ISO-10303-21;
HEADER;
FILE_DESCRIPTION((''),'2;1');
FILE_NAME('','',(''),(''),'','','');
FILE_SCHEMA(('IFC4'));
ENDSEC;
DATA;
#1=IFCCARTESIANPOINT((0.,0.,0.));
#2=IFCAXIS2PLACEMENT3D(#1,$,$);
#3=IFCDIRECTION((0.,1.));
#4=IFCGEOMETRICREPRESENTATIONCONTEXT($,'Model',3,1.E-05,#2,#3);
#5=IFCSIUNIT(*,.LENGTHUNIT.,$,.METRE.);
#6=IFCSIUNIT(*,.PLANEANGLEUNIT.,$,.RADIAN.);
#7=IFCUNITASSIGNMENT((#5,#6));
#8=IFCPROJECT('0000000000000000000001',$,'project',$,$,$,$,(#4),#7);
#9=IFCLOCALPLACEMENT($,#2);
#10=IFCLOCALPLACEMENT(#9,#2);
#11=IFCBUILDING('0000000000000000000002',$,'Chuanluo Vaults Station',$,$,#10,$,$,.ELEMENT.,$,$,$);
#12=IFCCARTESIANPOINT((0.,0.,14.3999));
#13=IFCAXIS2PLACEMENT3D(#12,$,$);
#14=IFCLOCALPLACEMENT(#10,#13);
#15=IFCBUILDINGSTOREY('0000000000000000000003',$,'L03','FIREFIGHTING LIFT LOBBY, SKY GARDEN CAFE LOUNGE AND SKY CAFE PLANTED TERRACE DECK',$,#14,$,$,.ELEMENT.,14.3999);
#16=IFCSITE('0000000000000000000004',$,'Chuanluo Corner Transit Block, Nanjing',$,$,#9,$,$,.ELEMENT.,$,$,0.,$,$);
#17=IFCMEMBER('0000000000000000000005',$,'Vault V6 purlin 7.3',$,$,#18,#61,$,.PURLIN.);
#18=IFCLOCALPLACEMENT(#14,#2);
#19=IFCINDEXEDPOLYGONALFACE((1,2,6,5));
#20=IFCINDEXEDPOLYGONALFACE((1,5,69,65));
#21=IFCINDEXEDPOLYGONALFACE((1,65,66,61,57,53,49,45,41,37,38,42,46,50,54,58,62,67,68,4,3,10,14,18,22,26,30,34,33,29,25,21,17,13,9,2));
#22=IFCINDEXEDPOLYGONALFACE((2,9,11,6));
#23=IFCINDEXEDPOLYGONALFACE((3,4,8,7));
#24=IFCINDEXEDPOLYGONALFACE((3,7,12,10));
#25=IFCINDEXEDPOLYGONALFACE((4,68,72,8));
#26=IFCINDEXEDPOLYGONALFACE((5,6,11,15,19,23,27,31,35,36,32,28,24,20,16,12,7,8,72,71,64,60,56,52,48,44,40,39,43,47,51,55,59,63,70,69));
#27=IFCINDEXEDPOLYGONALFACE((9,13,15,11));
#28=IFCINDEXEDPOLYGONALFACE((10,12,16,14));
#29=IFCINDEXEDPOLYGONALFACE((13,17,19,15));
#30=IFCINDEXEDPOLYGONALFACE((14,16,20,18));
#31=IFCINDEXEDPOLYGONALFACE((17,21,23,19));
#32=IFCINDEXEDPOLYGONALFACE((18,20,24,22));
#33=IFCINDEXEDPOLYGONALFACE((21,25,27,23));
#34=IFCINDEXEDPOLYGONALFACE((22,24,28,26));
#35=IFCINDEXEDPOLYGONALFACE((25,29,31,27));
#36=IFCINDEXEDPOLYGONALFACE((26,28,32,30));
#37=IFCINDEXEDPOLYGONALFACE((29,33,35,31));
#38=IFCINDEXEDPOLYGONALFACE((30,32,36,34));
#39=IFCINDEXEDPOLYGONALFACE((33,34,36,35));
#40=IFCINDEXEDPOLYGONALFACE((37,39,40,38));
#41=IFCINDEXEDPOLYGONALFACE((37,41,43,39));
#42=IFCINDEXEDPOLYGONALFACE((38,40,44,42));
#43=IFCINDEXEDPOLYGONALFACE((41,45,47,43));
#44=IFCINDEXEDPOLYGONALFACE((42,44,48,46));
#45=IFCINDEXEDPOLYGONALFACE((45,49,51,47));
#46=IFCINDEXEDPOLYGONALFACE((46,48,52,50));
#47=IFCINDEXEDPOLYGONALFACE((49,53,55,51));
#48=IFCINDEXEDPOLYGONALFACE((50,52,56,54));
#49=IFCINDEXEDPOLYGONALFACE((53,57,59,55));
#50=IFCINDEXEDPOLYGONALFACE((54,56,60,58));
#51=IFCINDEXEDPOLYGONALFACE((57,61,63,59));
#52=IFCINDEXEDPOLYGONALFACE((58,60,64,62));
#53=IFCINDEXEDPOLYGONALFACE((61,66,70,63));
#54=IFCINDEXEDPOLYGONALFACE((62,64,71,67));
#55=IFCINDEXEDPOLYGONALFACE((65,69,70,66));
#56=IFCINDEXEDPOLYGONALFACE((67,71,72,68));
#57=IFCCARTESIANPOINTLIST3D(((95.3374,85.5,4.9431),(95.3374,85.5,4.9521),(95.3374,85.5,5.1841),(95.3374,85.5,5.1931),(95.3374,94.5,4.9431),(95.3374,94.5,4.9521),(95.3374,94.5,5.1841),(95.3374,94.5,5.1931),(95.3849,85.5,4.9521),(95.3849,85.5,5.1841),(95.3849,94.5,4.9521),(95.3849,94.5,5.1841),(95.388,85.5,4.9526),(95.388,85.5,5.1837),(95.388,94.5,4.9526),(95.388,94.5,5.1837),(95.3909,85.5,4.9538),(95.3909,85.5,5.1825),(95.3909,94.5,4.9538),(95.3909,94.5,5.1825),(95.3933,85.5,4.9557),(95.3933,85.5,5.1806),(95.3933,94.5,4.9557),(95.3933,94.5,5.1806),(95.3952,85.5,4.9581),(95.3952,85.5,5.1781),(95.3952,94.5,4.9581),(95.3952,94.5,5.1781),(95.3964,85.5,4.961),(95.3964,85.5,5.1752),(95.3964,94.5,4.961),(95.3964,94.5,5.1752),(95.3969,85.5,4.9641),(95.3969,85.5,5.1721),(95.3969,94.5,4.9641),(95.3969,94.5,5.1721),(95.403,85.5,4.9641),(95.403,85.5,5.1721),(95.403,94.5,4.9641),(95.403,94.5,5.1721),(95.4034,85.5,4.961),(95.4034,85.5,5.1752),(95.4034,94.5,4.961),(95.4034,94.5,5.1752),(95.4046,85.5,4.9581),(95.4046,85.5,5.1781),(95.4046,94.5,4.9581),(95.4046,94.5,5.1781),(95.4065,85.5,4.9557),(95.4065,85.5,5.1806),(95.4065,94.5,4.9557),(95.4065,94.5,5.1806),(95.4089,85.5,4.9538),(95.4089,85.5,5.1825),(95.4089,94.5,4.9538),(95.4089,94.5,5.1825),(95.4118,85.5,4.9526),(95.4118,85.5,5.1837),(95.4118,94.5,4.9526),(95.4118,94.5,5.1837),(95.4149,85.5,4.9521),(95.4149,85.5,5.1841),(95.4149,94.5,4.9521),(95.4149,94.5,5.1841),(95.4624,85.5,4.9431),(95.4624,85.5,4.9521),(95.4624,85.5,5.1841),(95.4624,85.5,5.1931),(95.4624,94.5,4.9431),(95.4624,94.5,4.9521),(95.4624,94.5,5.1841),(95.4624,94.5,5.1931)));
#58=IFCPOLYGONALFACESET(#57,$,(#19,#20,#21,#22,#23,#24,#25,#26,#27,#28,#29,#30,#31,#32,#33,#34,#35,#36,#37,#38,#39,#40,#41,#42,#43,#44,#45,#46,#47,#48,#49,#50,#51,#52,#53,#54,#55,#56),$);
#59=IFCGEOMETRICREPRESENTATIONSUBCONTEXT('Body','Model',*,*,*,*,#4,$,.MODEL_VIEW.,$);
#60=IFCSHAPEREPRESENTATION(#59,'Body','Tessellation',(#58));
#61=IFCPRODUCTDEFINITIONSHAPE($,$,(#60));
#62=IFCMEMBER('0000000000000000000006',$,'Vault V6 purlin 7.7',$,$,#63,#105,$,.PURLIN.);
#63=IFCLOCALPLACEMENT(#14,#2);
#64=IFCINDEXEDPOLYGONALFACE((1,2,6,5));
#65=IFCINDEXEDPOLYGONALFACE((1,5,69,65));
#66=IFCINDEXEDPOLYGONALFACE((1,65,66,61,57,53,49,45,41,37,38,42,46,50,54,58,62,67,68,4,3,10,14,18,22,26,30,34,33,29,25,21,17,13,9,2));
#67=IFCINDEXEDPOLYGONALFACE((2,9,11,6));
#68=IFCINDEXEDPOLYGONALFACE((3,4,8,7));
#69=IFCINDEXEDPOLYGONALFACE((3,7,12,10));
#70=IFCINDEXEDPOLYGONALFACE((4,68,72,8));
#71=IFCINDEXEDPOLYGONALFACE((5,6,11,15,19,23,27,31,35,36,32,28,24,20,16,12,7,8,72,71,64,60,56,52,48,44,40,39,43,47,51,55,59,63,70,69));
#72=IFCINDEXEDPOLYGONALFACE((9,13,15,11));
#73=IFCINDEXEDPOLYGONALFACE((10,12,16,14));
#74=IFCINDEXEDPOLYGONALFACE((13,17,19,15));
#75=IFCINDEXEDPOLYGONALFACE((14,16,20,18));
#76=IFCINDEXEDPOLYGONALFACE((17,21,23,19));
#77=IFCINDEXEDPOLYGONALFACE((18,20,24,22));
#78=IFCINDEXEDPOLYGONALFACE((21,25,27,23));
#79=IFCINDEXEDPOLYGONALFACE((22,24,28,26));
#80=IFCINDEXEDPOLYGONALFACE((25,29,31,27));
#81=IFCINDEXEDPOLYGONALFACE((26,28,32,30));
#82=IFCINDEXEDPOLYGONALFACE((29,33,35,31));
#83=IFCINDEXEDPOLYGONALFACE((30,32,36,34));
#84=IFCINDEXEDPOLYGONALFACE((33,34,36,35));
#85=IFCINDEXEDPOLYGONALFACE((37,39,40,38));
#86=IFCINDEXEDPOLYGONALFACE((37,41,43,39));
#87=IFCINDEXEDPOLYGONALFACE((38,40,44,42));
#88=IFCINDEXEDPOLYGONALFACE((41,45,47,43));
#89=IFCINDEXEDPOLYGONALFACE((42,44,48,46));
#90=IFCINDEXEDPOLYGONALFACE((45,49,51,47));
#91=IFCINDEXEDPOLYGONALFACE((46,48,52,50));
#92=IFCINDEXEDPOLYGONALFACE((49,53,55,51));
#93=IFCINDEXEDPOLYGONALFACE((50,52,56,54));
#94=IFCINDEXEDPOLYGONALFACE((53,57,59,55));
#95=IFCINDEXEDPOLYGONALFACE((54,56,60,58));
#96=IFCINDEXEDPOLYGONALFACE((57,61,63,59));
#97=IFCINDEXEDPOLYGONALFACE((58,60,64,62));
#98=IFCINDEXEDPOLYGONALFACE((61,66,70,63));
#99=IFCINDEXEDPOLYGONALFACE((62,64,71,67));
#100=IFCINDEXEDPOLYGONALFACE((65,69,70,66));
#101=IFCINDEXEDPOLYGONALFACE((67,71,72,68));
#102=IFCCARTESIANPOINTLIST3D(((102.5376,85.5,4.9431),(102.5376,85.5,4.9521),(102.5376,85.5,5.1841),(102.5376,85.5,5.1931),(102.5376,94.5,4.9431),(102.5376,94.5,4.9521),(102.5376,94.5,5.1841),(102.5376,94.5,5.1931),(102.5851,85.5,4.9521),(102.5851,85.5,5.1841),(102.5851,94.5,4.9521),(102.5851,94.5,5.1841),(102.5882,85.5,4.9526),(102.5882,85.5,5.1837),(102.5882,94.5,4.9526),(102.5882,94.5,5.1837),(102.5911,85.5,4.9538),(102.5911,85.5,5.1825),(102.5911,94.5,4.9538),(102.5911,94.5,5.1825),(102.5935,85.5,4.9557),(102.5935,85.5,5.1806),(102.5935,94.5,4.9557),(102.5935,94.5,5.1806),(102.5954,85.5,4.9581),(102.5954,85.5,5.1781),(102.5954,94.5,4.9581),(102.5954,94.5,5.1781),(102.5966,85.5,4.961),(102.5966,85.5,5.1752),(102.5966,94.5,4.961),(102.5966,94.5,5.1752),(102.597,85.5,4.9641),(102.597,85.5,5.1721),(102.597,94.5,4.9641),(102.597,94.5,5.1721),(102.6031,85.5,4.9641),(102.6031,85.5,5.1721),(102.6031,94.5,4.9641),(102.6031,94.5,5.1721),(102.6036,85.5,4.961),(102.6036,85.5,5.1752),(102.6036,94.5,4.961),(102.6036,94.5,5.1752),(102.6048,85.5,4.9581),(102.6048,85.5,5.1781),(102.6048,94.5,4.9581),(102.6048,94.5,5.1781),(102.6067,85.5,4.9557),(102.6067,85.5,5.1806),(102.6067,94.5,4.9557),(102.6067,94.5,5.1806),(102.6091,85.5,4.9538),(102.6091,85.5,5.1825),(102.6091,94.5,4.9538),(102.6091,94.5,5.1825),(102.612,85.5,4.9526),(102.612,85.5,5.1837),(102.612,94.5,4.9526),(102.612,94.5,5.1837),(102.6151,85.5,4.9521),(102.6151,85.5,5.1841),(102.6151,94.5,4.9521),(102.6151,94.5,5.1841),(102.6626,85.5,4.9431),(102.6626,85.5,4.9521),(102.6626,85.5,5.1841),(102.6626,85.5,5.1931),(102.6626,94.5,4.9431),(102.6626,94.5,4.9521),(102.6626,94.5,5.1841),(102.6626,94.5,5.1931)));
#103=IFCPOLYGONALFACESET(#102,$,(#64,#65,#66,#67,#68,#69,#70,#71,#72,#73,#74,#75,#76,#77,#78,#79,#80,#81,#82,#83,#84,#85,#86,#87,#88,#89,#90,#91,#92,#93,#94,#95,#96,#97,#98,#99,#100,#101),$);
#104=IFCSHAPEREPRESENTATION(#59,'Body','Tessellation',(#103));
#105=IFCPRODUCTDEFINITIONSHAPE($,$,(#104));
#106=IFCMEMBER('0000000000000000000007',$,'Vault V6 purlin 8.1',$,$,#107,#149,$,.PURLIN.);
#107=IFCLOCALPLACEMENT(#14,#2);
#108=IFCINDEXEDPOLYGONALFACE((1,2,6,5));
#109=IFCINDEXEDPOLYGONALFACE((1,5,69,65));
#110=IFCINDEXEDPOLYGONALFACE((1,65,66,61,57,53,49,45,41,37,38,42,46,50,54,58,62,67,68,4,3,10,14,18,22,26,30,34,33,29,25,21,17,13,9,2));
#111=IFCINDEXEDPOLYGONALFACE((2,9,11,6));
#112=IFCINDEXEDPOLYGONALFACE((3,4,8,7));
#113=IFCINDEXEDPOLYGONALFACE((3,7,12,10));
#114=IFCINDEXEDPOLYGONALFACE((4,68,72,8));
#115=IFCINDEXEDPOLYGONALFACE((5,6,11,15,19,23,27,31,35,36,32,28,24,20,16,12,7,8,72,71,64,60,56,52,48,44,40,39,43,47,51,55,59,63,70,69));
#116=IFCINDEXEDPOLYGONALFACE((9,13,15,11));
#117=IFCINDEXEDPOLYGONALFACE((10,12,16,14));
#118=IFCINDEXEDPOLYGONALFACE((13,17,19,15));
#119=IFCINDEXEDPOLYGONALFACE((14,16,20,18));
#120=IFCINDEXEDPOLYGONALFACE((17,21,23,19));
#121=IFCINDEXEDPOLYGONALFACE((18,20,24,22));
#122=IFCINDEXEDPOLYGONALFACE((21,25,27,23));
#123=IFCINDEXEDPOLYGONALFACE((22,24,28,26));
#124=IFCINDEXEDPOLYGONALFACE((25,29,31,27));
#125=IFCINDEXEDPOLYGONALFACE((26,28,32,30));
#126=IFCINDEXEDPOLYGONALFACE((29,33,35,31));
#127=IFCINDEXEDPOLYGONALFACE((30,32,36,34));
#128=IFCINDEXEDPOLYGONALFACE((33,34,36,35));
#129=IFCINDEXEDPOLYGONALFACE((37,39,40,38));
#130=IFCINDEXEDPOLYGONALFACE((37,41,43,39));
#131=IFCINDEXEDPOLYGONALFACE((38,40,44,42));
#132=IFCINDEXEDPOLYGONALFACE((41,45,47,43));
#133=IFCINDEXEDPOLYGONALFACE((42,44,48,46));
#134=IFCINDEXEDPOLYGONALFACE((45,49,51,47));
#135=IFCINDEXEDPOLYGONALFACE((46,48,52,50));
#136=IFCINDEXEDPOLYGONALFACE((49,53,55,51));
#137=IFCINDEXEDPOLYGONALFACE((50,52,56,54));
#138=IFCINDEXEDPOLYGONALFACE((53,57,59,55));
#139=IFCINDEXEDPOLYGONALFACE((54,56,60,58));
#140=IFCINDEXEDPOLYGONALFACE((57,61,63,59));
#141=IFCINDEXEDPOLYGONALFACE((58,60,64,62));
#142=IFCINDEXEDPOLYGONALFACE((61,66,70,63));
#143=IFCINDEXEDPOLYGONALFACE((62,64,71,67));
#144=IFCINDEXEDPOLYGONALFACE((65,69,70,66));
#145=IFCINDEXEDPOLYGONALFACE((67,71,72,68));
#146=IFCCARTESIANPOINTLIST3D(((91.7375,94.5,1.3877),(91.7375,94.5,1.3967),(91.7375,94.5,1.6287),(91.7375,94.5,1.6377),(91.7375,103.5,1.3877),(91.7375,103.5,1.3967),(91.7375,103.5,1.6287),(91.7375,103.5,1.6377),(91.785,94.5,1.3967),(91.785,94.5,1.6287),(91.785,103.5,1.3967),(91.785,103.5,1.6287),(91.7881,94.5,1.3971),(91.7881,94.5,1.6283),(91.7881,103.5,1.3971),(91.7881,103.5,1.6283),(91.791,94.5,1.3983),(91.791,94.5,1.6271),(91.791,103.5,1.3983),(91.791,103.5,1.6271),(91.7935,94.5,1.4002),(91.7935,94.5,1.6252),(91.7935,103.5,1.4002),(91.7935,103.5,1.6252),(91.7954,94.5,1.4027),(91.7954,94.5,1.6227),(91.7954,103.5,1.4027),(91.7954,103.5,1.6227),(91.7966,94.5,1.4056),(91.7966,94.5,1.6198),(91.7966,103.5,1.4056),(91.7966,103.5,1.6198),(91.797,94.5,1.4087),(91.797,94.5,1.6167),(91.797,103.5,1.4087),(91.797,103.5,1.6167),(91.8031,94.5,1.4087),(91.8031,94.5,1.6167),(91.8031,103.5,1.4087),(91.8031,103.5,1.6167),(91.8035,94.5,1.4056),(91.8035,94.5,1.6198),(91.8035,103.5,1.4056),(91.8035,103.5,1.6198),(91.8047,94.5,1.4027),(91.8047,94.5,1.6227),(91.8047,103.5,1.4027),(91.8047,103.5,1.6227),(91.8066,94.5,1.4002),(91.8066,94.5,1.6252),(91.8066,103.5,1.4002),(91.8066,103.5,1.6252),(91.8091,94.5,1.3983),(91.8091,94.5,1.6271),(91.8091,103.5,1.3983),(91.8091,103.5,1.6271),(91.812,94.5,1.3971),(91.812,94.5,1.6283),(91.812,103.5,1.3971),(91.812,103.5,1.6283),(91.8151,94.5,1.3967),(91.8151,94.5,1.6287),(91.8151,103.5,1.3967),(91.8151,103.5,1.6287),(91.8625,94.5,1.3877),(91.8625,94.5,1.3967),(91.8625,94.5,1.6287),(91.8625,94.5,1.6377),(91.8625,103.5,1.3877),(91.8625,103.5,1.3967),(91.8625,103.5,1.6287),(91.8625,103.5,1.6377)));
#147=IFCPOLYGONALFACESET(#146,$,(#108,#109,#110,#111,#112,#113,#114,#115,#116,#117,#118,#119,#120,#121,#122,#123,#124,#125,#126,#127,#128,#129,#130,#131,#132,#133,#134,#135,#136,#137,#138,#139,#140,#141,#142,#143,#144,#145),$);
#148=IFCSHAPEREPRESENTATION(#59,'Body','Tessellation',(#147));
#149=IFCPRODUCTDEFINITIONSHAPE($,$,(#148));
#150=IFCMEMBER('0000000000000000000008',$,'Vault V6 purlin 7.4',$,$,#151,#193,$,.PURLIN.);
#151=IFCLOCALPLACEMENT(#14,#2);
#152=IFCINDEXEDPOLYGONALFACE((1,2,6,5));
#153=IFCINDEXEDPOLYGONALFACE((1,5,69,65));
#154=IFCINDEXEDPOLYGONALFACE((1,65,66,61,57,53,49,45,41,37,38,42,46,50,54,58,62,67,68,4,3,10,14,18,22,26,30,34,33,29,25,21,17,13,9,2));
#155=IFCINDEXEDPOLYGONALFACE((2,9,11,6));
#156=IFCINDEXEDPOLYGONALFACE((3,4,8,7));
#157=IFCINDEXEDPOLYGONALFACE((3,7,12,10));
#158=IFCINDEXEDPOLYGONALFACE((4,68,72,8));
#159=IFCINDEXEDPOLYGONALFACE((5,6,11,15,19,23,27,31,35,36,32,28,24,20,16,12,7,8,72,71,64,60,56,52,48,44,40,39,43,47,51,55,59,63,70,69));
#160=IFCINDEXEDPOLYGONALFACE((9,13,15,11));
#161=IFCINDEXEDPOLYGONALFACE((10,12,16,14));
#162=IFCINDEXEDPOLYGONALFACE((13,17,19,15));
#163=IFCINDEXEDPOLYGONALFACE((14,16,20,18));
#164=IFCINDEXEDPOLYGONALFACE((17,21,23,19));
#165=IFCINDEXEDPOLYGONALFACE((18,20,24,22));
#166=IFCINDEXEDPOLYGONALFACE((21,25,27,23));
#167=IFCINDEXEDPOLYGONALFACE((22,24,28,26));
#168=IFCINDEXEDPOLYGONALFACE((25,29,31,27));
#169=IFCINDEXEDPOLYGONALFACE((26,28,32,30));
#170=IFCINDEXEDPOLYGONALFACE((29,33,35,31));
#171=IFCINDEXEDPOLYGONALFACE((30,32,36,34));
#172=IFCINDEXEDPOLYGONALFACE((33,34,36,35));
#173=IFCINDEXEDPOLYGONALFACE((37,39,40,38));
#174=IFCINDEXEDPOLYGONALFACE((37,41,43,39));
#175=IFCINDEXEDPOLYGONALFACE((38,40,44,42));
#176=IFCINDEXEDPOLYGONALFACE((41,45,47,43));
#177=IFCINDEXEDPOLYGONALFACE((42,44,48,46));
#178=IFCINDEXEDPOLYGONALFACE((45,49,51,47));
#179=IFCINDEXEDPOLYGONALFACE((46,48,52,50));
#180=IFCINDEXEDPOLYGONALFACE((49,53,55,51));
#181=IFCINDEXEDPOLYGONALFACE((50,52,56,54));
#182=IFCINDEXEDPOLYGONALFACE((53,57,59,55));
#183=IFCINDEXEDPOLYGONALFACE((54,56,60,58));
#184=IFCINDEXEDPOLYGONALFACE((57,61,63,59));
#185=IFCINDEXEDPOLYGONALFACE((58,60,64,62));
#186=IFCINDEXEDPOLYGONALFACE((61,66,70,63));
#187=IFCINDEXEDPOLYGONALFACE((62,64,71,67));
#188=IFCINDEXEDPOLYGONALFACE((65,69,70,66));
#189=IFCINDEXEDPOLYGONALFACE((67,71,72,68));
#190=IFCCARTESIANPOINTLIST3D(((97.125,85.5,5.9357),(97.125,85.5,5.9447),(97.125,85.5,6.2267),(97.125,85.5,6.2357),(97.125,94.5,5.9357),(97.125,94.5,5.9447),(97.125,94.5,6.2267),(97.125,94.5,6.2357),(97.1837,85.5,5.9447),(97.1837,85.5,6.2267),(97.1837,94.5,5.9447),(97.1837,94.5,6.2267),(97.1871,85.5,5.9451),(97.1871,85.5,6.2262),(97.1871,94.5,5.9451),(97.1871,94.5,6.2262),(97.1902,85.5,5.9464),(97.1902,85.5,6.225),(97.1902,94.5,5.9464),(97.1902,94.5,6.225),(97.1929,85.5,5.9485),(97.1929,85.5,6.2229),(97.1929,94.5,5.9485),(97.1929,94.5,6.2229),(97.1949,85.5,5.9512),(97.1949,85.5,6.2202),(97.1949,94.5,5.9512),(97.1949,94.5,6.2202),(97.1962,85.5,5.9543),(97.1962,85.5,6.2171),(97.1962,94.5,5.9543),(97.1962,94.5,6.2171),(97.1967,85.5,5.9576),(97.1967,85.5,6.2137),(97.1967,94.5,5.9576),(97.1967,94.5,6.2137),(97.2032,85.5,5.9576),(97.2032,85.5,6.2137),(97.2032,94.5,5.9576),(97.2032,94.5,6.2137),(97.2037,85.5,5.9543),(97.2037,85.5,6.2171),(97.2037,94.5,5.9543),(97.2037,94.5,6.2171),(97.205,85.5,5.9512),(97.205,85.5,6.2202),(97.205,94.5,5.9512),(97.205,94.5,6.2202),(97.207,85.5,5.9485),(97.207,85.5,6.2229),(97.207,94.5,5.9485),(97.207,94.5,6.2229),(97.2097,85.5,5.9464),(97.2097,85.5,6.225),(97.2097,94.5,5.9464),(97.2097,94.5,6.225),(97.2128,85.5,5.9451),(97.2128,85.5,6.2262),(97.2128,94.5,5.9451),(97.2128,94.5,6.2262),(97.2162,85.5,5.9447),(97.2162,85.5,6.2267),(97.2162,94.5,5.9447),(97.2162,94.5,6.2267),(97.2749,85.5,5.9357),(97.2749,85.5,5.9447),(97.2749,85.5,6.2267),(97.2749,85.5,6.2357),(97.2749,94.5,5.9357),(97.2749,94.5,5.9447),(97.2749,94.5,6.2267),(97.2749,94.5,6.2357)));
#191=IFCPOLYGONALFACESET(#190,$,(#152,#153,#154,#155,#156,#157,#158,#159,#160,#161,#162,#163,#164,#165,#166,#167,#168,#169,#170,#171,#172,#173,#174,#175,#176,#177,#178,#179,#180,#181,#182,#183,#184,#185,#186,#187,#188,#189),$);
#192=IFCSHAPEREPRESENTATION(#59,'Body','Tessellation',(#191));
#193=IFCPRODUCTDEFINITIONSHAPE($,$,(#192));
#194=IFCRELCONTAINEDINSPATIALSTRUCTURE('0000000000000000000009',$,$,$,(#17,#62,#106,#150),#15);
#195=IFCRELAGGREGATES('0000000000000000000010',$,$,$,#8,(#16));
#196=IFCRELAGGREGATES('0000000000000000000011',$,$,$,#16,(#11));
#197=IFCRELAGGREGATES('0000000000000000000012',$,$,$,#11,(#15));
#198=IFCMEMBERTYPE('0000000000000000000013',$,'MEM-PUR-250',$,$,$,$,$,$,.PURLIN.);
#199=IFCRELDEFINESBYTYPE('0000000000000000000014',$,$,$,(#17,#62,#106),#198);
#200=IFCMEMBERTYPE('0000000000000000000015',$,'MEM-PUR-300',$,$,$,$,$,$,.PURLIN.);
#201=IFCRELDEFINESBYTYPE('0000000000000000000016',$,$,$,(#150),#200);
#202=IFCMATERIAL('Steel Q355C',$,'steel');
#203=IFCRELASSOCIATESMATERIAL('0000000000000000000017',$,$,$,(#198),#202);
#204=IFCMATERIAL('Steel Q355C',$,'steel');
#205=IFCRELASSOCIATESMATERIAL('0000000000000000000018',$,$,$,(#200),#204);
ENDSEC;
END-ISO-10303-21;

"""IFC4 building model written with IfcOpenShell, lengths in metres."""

from ifc_helpers import new_model, si_unit, direction, frame, origin, origin_2d, place, context, subcontext, project, spatial, i_section, extrude, material, material_profile, profile_set, type_object, element, save


model = new_model("IFC4")

# Units and contexts
model_context = context("Model", 3, precision=1e-05, world=origin(), true_north=direction((0.0, 1.0)))
body_context = subcontext(model_context, "Body", "Model", "MODEL_VIEW")
ifc_project = project(units=[si_unit("LENGTHUNIT", "METRE"), si_unit("PLANEANGLEUNIT", "RADIAN")], contexts=[model_context])

# Site, building, storey
site_placement = place(None, origin())
site = spatial("IfcSite", under=ifc_project, at=site_placement, Name="Chuanluo Corner Transit Block, Nanjing", CompositionType="ELEMENT", RefElevation=0.0)
building_placement = place(site_placement, origin())
building = spatial("IfcBuilding", under=site, at=building_placement, Name="Chuanluo Vaults Station", CompositionType="ELEMENT")
storey_placement = place(building_placement, frame((0.0, 0.0, 14.3999)))
storey = spatial("IfcBuildingStorey", under=building, at=storey_placement, Name="L03", Description="FIREFIGHTING LIFT LOBBY, SKY GARDEN CAFE LOUNGE AND SKY CAFE PLANTED TERRACE DECK", CompositionType="ELEMENT", Elevation=14.3999)

# Members
ifc_material_1 = material(Name="Steel Q355C", Category="steel")
ifc_material_profile_1 = material_profile(ifc_material_1, i_section(OverallWidth=0.125, OverallDepth=0.25, WebThickness=0.0061, FlangeThickness=0.009, FilletRadius=0.012, at=origin_2d()))
ifc_profile_set_1 = profile_set([ifc_material_profile_1], Name="Steel Q355C")
member_type_1 = type_object("IfcMemberType", Name="MEM-PUR-250", PredefinedType="PURLIN", material=ifc_profile_set_1)
for number, where, z_axis, x_axis, name in (
    (1, (95.3999, 85.5, 5.0681), (0.0, 1.0, 0.0), (-1.0, 0.0, 0.0), "Vault V6 purlin 7.3"),
    (2, (102.6001, 85.5, 5.0681), (0.0, 1.0, 0.0), (-1.0, 0.0, 0.0), "Vault V6 purlin 7.7"),
    (3, (91.8, 94.5, 1.5127), (0.0, 1.0, 0.0), (-1.0, 0.0, 0.0), "Vault V6 purlin 8.1"),
):
    element("IfcMember", number, at=place(storey_placement, frame(where, z_axis=z_axis, x_axis=x_axis)), inside=storey, type_object=member_type_1, Name=name, PredefinedType="PURLIN", context=body_context, shape_type="SweptSolid", body=[
        extrude(i_section(OverallWidth=0.125, OverallDepth=0.25, WebThickness=0.0061, FlangeThickness=0.009, FilletRadius=0.012, at=origin_2d()), origin(), (0.0, 0.0, 1.0), 9.0),
    ])
ifc_material_2 = material(Name="Steel Q355C", Category="steel")
ifc_material_profile_2 = material_profile(ifc_material_2, i_section(OverallWidth=0.1499, OverallDepth=0.3, WebThickness=0.0066, FlangeThickness=0.009, FilletRadius=0.0129, at=origin_2d()))
ifc_profile_set_2 = profile_set([ifc_material_profile_2], Name="Steel Q355C")
member_type_2 = type_object("IfcMemberType", Name="MEM-PUR-300", PredefinedType="PURLIN", material=ifc_profile_set_2)
for number, where, z_axis, x_axis, name in (
    (4, (97.2, 85.5, 6.0857), (0.0, 1.0, 0.0), (-1.0, 0.0, 0.0), "Vault V6 purlin 7.4"),
):
    element("IfcMember", number, at=place(storey_placement, frame(where, z_axis=z_axis, x_axis=x_axis)), inside=storey, type_object=member_type_2, Name=name, PredefinedType="PURLIN", context=body_context, shape_type="SweptSolid", body=[
        extrude(i_section(OverallWidth=0.1499, OverallDepth=0.3, WebThickness=0.0066, FlangeThickness=0.009, FilletRadius=0.0129, at=origin_2d()), origin(), (0.0, 0.0, 1.0), 9.0),
    ])

save(model, "model.ifc")
